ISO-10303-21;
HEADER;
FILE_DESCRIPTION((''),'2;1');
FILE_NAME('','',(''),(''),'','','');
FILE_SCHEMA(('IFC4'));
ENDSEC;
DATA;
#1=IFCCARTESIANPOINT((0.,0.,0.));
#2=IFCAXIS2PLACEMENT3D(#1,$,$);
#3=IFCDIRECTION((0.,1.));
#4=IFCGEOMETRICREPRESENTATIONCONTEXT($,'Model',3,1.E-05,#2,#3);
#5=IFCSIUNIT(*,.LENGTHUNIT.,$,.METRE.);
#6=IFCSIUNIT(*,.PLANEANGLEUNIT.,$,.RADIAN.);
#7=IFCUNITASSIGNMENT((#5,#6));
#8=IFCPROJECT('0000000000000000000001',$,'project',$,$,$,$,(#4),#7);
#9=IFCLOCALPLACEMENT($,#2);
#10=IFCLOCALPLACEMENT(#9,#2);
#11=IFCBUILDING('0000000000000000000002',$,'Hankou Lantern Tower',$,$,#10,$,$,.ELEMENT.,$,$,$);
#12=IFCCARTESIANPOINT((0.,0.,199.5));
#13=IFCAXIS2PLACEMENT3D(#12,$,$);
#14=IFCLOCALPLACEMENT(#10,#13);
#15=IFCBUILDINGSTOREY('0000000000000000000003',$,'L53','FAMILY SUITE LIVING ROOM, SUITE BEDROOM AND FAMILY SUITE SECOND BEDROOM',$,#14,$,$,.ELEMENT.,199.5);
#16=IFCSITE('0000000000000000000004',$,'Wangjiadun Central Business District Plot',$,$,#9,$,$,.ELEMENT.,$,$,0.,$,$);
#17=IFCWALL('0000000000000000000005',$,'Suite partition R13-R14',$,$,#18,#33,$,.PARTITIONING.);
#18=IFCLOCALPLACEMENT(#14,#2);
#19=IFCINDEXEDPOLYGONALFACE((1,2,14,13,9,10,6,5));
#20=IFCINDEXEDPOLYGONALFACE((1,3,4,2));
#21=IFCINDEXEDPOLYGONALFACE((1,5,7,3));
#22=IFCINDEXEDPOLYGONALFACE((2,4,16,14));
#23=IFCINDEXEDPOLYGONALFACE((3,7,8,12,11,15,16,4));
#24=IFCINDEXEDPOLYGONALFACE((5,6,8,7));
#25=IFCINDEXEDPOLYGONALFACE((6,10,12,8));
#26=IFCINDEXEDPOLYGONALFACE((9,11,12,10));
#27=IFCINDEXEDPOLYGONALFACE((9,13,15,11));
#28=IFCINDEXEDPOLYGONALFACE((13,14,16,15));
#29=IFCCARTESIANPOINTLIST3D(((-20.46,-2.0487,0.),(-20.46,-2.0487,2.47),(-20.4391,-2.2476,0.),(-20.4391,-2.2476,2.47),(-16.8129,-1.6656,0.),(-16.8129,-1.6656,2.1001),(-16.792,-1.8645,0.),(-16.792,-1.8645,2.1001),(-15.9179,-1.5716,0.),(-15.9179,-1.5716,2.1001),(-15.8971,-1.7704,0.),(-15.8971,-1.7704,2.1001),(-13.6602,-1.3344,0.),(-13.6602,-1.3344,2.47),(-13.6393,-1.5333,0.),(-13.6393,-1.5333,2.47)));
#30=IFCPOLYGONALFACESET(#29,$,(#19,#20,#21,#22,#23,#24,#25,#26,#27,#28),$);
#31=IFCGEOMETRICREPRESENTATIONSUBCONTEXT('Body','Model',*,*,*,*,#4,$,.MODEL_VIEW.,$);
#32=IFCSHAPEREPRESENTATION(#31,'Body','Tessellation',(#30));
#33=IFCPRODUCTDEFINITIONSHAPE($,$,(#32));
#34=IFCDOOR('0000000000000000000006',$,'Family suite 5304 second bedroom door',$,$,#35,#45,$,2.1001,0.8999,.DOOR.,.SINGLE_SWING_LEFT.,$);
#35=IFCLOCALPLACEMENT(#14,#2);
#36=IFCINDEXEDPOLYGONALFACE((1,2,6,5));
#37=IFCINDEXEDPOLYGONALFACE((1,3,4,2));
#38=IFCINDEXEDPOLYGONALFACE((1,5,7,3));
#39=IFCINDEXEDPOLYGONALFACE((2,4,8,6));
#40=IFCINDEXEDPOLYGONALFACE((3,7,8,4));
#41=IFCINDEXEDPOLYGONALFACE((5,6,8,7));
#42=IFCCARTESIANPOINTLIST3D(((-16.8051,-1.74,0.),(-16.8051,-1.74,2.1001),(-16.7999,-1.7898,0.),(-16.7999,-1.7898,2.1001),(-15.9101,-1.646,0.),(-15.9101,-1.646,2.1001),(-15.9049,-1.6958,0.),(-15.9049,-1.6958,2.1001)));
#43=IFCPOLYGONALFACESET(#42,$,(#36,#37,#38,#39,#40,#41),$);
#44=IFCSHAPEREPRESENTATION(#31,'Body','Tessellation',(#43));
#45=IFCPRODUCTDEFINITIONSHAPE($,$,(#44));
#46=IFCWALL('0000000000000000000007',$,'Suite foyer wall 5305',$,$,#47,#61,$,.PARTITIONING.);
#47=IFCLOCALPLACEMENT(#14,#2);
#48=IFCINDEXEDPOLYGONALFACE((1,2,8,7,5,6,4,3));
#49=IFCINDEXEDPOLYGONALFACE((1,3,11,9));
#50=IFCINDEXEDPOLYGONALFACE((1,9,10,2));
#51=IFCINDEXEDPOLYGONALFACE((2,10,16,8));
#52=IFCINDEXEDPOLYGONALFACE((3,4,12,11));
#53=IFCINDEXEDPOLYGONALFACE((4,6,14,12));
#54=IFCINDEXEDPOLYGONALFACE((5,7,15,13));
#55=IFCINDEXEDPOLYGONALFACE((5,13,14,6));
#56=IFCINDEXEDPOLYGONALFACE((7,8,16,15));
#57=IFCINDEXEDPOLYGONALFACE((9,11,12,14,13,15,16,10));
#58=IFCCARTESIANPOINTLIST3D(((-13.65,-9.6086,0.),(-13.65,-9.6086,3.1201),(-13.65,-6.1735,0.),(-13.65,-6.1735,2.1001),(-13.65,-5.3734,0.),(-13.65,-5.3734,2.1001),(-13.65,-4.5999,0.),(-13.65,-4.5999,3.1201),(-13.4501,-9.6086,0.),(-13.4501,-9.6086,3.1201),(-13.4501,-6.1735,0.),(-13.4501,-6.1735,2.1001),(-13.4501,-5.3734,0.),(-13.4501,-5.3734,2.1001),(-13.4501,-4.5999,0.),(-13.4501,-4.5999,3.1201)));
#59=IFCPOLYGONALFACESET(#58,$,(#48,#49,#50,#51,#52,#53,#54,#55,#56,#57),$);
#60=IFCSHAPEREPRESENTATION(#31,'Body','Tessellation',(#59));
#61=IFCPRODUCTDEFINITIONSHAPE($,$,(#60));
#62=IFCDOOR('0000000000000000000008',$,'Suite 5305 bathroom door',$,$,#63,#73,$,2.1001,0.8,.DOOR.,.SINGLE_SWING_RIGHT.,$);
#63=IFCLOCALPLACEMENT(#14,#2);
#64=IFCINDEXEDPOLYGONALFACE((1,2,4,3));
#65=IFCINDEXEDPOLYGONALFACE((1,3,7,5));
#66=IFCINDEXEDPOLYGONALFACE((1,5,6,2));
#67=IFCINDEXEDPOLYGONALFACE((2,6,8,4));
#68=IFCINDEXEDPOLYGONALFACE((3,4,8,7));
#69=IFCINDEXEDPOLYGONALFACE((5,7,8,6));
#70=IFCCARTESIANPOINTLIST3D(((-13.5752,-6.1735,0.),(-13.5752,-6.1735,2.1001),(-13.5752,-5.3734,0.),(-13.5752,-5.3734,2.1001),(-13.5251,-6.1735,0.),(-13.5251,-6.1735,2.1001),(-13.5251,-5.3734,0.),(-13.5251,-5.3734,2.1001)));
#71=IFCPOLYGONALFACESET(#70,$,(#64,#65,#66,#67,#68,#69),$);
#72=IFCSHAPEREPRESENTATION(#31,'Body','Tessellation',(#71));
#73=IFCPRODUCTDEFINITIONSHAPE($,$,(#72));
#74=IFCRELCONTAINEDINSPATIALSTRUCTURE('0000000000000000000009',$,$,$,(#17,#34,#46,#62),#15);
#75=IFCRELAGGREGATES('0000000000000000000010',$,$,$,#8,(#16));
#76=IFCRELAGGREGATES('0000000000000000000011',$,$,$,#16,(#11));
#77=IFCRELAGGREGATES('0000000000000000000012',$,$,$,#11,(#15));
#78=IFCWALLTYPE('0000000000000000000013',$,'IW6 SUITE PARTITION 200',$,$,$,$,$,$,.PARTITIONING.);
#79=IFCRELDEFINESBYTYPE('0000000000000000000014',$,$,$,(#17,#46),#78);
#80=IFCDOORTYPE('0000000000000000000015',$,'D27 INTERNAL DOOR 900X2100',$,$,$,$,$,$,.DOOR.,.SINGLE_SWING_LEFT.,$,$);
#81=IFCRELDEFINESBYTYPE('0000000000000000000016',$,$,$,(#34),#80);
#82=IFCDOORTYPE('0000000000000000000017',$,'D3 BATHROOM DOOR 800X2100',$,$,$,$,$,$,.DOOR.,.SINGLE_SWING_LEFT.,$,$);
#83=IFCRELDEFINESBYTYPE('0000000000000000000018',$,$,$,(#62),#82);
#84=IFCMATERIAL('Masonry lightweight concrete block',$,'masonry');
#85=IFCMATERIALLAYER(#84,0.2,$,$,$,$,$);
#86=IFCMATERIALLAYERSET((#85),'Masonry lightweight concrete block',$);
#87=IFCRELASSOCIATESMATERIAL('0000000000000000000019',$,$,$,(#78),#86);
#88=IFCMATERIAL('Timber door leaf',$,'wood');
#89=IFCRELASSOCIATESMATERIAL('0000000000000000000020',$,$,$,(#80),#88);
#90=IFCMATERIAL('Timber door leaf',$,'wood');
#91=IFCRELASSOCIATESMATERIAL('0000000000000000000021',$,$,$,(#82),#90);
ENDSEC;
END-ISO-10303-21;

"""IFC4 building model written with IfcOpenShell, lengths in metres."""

from ifc_helpers import new_model, si_unit, direction, frame, frame_2d, origin, place, context, subcontext, project, spatial, rectangle, extrude, material, layer, layer_set, type_object, element, fill, save


model = new_model("IFC4")

# Units and contexts
model_context = context("Model", 3, precision=1e-05, world=origin(), true_north=direction((0.0, 1.0)))
body_context = subcontext(model_context, "Body", "Model", "MODEL_VIEW")
ifc_project = project(units=[si_unit("LENGTHUNIT", "METRE"), si_unit("PLANEANGLEUNIT", "RADIAN")], contexts=[model_context])

# Site, building, storey
site_placement = place(None, origin())
site = spatial("IfcSite", under=ifc_project, at=site_placement, Name="Wangjiadun Central Business District Plot", CompositionType="ELEMENT", RefElevation=0.0)
building_placement = place(site_placement, origin())
building = spatial("IfcBuilding", under=site, at=building_placement, Name="Hankou Lantern Tower", CompositionType="ELEMENT")
storey_placement = place(building_placement, frame((0.0, 0.0, 199.5)))
storey = spatial("IfcBuildingStorey", under=building, at=storey_placement, Name="L53", Description="FAMILY SUITE LIVING ROOM, SUITE BEDROOM AND FAMILY SUITE SECOND BEDROOM", CompositionType="ELEMENT", Elevation=199.5)

# Walls, openings, doors
ifc_material_1 = material(Name="Masonry lightweight concrete block", Category="masonry")
ifc_layer_1 = layer(ifc_material_1, 0.2)
ifc_layer_set_1 = layer_set([ifc_layer_1], Name="Masonry lightweight concrete block")
wall_type_1 = type_object("IfcWallType", Name="IW6 SUITE PARTITION 200", PredefinedType="PARTITIONING", material=ifc_layer_set_1)
wall_1_placement = place(storey_placement, frame((-13.6499, -1.4338, 0.0), z_axis=(0.0, 0.0, 1.0), x_axis=(-0.994527, -0.10448, 0.0)))
wall_1 = element("IfcWall", 1, at=wall_1_placement, inside=storey, type_object=wall_type_1, Name="Suite partition R13-R14", PredefinedType="PARTITIONING", context=body_context, shape_type="SweptSolid", body=[
    extrude(rectangle(XDim=6.8372, YDim=0.2, at=frame_2d((3.4185, 0.0))), origin(), (0.0, 0.0, 1.0), 2.47),
])
opening_1_placement = place(wall_1_placement, frame((2.27, 0.0, 0.0)))
opening_1 = element("IfcOpeningElement", 2, at=opening_1_placement, cuts=wall_1, PredefinedType="OPENING", context=body_context, shape_type="SweptSolid", body=[
    extrude(rectangle(XDim=0.8999, YDim=2.1001, at=frame_2d((0.45, 1.05))), frame((0.0, 0.1099, 0.0), z_axis=(0.0, -1.0, 0.0), x_axis=(1.0, 0.0, 0.0)), (0.0, 0.0, 1.0), 0.22),
])
ifc_material_2 = material(Name="Timber door leaf", Category="wood")
door_type_1 = type_object("IfcDoorType", Name="D27 INTERNAL DOOR 900X2100", OperationType="SINGLE_SWING_LEFT", PredefinedType="DOOR", material=ifc_material_2)
door_1_placement = place(opening_1_placement, origin())
door_1 = element("IfcDoor", 3, at=door_1_placement, inside=storey, type_object=door_type_1, Name="Family suite 5304 second bedroom door", OperationType="SINGLE_SWING_LEFT", OverallHeight=2.1001, OverallWidth=0.8999, PredefinedType="DOOR", context=body_context, shape_type="SweptSolid", body=[
    extrude(rectangle(XDim=0.8999, YDim=2.1001, at=frame_2d((0.45, 1.05))), frame((0.0, 0.0249, 0.0), z_axis=(0.0, -1.0, 0.0), x_axis=(1.0, 0.0, 0.0)), (0.0, 0.0, 1.0), 0.05),
])
fill(opening_1, door_1)
wall_2_placement = place(storey_placement, frame((-13.55, -4.5999, 0.0), z_axis=(0.0, 0.0, 1.0), x_axis=(0.0, -1.0, 0.0)))
wall_2 = element("IfcWall", 4, at=wall_2_placement, inside=storey, type_object=wall_type_1, Name="Suite foyer wall 5305", PredefinedType="PARTITIONING", context=body_context, shape_type="SweptSolid", body=[
    extrude(rectangle(XDim=5.0088, YDim=0.2, at=frame_2d((2.5044, 0.0))), origin(), (0.0, 0.0, 1.0), 3.1201),
])
opening_2_placement = place(wall_2_placement, frame((0.7737, 0.0, 0.0)))
opening_2 = element("IfcOpeningElement", 5, at=opening_2_placement, cuts=wall_2, PredefinedType="OPENING", context=body_context, shape_type="SweptSolid", body=[
    extrude(rectangle(XDim=0.8, YDim=2.1001, at=frame_2d((0.3999, 1.05))), frame((0.0, 0.1099, 0.0), z_axis=(0.0, -1.0, 0.0), x_axis=(1.0, 0.0, 0.0)), (0.0, 0.0, 1.0), 0.22),
])
ifc_material_3 = material(Name="Timber door leaf", Category="wood")
door_type_2 = type_object("IfcDoorType", Name="D3 BATHROOM DOOR 800X2100", OperationType="SINGLE_SWING_LEFT", PredefinedType="DOOR", material=ifc_material_3)
door_2_placement = place(opening_2_placement, origin())
door_2 = element("IfcDoor", 6, at=door_2_placement, inside=storey, type_object=door_type_2, Name="Suite 5305 bathroom door", OperationType="SINGLE_SWING_RIGHT", OverallHeight=2.1001, OverallWidth=0.8, PredefinedType="DOOR", context=body_context, shape_type="SweptSolid", body=[
    extrude(rectangle(XDim=0.8, YDim=2.1001, at=frame_2d((0.3999, 1.05))), frame((0.0, 0.0249, 0.0), z_axis=(0.0, -1.0, 0.0), x_axis=(1.0, 0.0, 0.0)), (0.0, 0.0, 1.0), 0.05),
])
fill(opening_2, door_2)

save(model, "model.ifc")
